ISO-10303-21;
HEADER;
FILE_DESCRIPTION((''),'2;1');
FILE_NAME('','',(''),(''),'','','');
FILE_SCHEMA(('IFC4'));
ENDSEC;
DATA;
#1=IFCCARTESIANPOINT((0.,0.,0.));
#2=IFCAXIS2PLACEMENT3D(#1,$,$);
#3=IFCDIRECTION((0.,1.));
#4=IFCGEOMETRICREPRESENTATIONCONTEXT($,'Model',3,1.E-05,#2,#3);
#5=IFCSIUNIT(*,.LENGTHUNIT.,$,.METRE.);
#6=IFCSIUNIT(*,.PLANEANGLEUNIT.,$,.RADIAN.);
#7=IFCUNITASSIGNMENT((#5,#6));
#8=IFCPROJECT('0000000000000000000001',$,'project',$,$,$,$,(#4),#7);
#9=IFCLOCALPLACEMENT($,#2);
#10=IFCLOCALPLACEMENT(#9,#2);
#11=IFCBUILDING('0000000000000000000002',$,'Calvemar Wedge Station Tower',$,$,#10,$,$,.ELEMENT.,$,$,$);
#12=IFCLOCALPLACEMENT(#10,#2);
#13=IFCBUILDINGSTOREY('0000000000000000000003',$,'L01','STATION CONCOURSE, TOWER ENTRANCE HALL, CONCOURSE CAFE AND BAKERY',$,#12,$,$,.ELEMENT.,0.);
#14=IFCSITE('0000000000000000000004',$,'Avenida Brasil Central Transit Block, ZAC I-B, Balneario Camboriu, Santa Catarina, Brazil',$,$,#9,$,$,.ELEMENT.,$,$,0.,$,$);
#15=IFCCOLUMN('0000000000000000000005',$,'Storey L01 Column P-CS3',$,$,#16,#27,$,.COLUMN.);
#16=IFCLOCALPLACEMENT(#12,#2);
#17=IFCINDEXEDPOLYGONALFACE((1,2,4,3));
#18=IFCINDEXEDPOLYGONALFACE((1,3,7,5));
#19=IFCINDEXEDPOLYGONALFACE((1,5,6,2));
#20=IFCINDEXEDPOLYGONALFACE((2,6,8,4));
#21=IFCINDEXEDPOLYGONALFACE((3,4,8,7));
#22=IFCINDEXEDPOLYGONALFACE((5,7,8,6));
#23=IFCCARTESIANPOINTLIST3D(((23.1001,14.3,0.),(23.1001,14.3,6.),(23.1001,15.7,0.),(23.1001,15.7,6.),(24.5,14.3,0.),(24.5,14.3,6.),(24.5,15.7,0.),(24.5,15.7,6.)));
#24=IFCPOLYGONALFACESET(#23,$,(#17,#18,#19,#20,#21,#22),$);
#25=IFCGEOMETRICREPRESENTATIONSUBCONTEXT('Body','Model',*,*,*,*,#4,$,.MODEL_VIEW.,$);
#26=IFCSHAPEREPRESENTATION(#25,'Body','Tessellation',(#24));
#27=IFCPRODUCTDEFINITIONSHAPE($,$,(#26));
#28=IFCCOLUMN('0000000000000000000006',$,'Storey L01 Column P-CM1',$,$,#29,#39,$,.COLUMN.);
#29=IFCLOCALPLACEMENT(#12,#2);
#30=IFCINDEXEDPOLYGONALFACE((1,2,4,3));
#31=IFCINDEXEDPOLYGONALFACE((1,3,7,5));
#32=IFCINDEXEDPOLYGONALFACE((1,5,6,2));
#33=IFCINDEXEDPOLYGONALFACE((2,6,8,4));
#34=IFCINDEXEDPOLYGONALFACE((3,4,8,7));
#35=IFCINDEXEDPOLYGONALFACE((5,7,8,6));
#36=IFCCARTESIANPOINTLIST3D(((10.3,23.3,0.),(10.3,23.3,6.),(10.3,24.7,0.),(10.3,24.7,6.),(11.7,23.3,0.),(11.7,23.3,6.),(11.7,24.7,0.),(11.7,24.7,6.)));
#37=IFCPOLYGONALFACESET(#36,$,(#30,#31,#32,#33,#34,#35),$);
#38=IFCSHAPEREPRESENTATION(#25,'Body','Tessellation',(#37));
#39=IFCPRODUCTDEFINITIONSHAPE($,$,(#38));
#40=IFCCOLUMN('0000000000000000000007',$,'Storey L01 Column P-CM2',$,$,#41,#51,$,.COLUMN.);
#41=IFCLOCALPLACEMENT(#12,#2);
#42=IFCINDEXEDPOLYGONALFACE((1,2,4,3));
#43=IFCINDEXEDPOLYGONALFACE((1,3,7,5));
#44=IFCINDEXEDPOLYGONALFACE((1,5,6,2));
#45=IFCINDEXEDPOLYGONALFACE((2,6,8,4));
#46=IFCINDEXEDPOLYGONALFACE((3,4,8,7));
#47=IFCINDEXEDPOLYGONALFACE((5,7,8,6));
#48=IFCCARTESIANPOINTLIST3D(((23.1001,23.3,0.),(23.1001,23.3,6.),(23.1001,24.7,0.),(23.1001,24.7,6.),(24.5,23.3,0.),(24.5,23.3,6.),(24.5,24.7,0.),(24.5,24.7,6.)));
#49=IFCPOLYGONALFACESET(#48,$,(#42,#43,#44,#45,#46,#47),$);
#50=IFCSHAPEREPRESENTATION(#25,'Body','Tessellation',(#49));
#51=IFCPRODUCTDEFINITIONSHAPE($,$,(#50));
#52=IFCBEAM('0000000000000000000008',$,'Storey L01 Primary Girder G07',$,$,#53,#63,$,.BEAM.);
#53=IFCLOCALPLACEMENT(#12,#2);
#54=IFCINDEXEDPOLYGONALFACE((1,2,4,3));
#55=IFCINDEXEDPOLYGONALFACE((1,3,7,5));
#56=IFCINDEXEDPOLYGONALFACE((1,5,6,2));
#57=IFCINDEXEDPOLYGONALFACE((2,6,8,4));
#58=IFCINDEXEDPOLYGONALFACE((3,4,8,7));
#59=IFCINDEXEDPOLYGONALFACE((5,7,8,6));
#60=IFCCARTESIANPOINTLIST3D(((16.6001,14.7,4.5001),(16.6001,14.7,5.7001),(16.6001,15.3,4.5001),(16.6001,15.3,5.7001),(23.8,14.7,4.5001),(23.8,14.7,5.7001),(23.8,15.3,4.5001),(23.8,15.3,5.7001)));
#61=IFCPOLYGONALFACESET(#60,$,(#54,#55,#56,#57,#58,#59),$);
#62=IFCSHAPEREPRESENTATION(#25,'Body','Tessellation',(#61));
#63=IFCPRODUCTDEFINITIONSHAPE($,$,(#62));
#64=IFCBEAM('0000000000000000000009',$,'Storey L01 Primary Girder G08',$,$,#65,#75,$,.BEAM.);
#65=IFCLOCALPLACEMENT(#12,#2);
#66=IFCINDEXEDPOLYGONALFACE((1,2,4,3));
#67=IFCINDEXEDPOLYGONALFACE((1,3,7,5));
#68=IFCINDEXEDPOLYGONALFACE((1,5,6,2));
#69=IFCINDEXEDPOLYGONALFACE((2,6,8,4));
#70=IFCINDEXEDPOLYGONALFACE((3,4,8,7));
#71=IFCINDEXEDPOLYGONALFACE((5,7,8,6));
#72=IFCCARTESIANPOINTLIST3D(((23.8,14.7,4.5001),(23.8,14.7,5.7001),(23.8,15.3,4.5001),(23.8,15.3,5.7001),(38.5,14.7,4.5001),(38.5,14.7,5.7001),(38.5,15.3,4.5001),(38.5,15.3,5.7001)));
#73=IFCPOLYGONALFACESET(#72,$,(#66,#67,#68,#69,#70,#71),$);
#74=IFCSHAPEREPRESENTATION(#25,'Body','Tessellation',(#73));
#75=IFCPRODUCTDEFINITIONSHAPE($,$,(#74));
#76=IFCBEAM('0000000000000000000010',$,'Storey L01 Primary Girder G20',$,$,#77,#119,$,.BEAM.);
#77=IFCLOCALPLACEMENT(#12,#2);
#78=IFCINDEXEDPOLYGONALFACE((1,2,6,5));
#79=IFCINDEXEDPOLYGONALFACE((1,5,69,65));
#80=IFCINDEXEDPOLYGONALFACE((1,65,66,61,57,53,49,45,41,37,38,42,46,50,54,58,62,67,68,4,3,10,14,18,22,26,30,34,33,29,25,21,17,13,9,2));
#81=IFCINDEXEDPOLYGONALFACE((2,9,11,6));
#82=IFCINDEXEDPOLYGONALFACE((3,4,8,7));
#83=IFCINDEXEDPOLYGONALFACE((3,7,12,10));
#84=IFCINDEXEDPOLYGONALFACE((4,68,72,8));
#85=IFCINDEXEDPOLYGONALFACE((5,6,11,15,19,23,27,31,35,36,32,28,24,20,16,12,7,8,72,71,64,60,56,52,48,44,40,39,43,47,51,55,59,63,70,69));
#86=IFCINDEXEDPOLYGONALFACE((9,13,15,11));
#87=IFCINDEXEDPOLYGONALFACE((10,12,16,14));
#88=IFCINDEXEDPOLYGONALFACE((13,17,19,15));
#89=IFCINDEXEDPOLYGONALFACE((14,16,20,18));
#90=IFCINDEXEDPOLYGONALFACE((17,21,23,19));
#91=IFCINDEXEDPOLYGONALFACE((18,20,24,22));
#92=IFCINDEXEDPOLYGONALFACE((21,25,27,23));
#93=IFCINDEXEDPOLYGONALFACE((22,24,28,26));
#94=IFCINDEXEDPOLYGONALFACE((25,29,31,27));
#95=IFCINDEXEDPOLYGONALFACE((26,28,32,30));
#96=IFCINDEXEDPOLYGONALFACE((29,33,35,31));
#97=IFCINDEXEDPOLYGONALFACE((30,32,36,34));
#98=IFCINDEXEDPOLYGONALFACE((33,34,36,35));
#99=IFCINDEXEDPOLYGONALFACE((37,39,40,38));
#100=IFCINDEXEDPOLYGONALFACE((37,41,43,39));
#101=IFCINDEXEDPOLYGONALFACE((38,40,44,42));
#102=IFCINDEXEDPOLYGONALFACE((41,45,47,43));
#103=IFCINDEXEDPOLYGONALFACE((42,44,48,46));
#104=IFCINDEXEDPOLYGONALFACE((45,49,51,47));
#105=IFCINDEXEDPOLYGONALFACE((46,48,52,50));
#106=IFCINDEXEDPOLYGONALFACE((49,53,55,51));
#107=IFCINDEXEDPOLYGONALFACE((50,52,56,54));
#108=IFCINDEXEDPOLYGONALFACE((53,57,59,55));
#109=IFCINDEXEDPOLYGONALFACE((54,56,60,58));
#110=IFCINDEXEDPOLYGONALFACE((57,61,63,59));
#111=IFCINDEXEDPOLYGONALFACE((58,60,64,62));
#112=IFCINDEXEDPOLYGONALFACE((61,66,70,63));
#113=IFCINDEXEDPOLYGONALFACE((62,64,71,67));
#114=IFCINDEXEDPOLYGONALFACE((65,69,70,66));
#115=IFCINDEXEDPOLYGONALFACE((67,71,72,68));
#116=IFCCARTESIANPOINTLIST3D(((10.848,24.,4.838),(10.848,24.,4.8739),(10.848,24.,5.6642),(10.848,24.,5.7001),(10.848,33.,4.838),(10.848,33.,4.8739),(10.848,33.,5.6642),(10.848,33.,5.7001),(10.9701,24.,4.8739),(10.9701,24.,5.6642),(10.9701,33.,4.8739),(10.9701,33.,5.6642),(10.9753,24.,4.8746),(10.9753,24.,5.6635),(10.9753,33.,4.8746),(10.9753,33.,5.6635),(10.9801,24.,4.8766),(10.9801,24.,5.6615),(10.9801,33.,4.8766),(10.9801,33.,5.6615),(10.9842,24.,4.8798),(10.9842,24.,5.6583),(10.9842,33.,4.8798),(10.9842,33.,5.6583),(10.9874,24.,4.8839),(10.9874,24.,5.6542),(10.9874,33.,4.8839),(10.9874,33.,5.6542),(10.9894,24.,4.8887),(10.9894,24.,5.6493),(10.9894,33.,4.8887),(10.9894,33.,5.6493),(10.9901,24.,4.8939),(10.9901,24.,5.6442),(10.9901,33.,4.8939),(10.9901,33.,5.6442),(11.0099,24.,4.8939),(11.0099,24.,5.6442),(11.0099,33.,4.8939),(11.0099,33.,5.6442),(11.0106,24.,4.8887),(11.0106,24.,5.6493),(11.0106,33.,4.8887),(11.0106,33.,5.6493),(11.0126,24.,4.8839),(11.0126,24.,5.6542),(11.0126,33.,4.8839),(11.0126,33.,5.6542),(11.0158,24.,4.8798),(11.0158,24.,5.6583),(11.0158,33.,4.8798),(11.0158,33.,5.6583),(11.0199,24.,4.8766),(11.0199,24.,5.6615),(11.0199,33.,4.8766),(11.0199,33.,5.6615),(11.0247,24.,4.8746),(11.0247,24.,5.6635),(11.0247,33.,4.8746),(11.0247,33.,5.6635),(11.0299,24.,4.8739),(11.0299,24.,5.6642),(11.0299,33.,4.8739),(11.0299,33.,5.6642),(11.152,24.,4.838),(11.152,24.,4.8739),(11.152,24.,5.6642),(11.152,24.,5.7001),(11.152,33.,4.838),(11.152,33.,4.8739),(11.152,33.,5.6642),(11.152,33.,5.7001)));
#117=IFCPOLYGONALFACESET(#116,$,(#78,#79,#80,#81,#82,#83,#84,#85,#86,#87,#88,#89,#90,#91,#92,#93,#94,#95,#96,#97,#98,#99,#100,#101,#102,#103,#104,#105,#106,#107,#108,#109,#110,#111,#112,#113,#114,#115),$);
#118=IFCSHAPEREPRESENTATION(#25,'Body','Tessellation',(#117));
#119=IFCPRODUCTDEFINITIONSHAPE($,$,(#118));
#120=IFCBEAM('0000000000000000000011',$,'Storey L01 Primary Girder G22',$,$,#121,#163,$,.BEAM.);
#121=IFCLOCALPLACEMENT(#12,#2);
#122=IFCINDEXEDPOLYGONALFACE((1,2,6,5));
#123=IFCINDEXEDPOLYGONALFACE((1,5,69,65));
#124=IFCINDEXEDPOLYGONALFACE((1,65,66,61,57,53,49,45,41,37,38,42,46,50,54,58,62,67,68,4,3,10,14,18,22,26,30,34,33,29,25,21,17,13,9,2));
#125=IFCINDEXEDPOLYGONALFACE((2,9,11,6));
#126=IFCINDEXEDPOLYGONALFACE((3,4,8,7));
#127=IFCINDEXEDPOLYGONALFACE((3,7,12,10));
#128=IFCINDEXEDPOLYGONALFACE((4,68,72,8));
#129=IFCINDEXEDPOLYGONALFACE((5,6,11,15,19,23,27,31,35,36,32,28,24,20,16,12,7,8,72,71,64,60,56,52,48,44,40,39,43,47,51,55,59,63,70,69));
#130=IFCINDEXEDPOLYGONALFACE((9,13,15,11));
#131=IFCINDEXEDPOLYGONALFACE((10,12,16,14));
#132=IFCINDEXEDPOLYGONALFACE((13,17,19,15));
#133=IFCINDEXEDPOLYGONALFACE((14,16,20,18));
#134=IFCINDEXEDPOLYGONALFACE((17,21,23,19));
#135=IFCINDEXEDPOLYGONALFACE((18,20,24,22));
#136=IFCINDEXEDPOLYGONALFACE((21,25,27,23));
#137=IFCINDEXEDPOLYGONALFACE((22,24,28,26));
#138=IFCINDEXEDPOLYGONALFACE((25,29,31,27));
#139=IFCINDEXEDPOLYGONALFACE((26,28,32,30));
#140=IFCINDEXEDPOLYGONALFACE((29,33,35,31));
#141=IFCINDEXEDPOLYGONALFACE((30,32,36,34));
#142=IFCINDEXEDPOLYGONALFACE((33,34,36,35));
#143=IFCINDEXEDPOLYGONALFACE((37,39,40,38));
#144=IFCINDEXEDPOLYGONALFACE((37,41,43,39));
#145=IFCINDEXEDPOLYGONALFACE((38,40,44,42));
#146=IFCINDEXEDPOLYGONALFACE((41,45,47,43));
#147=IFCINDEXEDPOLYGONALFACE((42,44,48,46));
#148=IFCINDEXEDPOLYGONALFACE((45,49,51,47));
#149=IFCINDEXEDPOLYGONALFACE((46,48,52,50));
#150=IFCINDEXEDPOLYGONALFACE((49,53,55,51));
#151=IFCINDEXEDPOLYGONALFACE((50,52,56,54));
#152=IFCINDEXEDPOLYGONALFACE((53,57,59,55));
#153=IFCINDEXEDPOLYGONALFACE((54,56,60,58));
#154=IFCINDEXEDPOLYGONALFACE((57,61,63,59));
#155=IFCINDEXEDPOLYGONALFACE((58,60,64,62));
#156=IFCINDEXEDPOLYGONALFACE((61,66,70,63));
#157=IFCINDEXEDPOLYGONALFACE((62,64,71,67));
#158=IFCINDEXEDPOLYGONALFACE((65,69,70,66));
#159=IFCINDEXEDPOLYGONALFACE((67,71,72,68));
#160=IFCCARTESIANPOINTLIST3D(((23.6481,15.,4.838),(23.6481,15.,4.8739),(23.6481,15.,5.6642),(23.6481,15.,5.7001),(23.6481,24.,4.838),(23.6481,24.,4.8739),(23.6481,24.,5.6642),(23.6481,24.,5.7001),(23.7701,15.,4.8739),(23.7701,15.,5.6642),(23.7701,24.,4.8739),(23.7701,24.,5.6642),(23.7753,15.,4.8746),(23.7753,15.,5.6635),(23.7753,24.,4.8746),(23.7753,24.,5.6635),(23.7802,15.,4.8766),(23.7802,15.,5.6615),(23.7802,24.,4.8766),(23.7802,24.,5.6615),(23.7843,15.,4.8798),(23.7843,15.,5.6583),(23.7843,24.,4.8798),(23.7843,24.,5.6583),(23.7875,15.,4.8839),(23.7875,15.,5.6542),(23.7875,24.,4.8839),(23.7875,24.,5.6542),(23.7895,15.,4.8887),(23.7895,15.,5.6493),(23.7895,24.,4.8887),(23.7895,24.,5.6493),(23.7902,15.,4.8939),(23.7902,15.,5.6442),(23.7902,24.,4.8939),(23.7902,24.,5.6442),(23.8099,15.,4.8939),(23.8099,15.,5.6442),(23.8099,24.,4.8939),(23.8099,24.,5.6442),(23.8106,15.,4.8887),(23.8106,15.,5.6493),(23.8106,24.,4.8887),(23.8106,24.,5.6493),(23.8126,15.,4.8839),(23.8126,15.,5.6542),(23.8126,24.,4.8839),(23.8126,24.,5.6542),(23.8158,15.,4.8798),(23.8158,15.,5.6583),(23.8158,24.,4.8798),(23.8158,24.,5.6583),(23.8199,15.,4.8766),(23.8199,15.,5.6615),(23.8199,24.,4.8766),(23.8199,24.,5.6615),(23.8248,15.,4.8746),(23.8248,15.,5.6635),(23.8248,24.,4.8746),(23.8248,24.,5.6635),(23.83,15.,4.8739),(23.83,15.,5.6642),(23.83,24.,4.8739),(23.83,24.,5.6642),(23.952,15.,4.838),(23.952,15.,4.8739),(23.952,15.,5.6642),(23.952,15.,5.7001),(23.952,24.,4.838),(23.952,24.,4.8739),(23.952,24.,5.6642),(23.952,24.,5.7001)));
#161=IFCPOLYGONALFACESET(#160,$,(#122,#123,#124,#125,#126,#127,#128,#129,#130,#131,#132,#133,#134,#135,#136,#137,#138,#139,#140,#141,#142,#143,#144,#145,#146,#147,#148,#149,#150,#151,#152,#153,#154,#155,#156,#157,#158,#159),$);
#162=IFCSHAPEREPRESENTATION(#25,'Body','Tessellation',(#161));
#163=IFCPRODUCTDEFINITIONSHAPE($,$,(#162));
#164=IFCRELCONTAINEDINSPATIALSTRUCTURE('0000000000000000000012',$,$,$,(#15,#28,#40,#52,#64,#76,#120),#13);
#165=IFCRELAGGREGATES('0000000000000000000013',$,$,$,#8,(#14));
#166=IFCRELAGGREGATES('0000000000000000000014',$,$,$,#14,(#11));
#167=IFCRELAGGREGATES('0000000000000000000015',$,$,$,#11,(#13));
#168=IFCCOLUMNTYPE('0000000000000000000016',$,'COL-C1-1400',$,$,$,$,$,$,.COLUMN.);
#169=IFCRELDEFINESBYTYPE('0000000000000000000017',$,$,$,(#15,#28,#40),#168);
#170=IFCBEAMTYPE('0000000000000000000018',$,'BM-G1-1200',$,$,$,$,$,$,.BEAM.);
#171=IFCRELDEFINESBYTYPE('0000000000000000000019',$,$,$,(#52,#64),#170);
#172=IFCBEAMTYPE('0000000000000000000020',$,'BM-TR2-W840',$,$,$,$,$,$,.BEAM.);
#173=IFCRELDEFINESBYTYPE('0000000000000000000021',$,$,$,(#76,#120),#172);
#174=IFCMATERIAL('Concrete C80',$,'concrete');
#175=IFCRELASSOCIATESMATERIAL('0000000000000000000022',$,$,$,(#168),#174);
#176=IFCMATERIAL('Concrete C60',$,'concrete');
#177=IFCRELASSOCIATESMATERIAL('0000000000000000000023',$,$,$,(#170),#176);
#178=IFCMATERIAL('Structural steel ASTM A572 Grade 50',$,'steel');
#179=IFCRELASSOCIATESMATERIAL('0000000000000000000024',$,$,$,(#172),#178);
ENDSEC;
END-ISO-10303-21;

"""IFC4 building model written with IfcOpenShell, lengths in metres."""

from ifc_helpers import new_model, si_unit, direction, frame, origin, origin_2d, place, context, subcontext, project, spatial, rectangle, i_section, extrude, source, transform, mapped, material, material_profile, profile_set, type_object, element, save


model = new_model("IFC4")

# Units and contexts
model_context = context("Model", 3, precision=1e-05, world=origin(), true_north=direction((0.0, 1.0)))
body_context = subcontext(model_context, "Body", "Model", "MODEL_VIEW")
ifc_project = project(units=[si_unit("LENGTHUNIT", "METRE"), si_unit("PLANEANGLEUNIT", "RADIAN")], contexts=[model_context])

# Site, building, storey
site_placement = place(None, origin())
site = spatial("IfcSite", under=ifc_project, at=site_placement, Name="Avenida Brasil Central Transit Block, ZAC I-B, Balneario Camboriu, Santa Catarina, Brazil", CompositionType="ELEMENT", RefElevation=0.0)
building_placement = place(site_placement, origin())
building = spatial("IfcBuilding", under=site, at=building_placement, Name="Calvemar Wedge Station Tower", CompositionType="ELEMENT")
storey_placement = place(building_placement, origin())
storey = spatial("IfcBuildingStorey", under=building, at=storey_placement, Name="L01", Description="STATION CONCOURSE, TOWER ENTRANCE HALL, CONCOURSE CAFE AND BAKERY", CompositionType="ELEMENT", Elevation=0.0)

# Columns
ifc_material_1 = material(Name="Concrete C80", Category="concrete")
ifc_material_profile_1 = material_profile(ifc_material_1, rectangle(XDim=1.3999, YDim=1.3999, at=origin_2d()), Name="RC1400x1400")
ifc_profile_set_1 = profile_set([ifc_material_profile_1], Name="Concrete C80")
column_type = type_object("IfcColumnType", Name="COL-C1-1400", PredefinedType="COLUMN", material=ifc_profile_set_1)
shared_shape_1 = source(origin(), body_context, "Body", "SweptSolid", [
    extrude(rectangle(XDim=1.3999, YDim=1.3999, at=origin_2d()), origin(), (0.0, 0.0, 1.0), 6.0),
])
for number, where, z_axis, x_axis, name in (
    (1, (23.8, 15.0, 0.0), (0.0, 0.0, 1.0), (1.0, 0.0, 0.0), "Storey L01 Column P-CS3"),
    (2, (11.0, 24.0, 0.0), (0.0, 0.0, 1.0), (1.0, 0.0, 0.0), "Storey L01 Column P-CM1"),
    (3, (23.8, 24.0, 0.0), (0.0, 0.0, 1.0), (1.0, 0.0, 0.0), "Storey L01 Column P-CM2"),
):
    element("IfcColumn", number, at=place(storey_placement, frame(where, z_axis=z_axis, x_axis=x_axis)), inside=storey, type_object=column_type, Name=name, PredefinedType="COLUMN", context=body_context, shape_type="MappedRepresentation", body=[
        mapped(shared_shape_1, transform((0.0, 0.0, 0.0), scale=1.0)),
    ])

# Beams
ifc_material_2 = material(Name="Concrete C60", Category="concrete")
ifc_material_profile_2 = material_profile(ifc_material_2, rectangle(XDim=0.6001, YDim=1.2, at=origin_2d()), Name="RC600x1200")
ifc_profile_set_2 = profile_set([ifc_material_profile_2], Name="Concrete C60")
beam_type_1 = type_object("IfcBeamType", Name="BM-G1-1200", PredefinedType="BEAM", material=ifc_profile_set_2)
shared_shape_2 = source(origin(), body_context, "Body", "SweptSolid", [
    extrude(rectangle(XDim=0.6001, YDim=1.2, at=origin_2d()), origin(), (0.0, 0.0, 1.0), 7.2),
])
beam_1_placement = place(storey_placement, frame((16.6001, 15.0, 5.1001), z_axis=(1.0, 0.0, 0.0), x_axis=(0.0, 1.0, 0.0)))
element("IfcBeam", 4, at=beam_1_placement, inside=storey, type_object=beam_type_1, Name="Storey L01 Primary Girder G07", PredefinedType="BEAM", context=body_context, shape_type="MappedRepresentation", body=[
    mapped(shared_shape_2, transform((0.0, 0.0, 0.0), scale=1.0)),
])
shared_shape_3 = source(origin(), body_context, "Body", "SweptSolid", [
    extrude(rectangle(XDim=0.6001, YDim=1.2, at=origin_2d()), origin(), (0.0, 0.0, 1.0), 14.7),
])
beam_2_placement = place(storey_placement, frame((23.8, 15.0, 5.1001), z_axis=(1.0, 0.0, 0.0), x_axis=(0.0, 1.0, 0.0)))
element("IfcBeam", 5, at=beam_2_placement, inside=storey, type_object=beam_type_1, Name="Storey L01 Primary Girder G08", PredefinedType="BEAM", context=body_context, shape_type="MappedRepresentation", body=[
    mapped(shared_shape_3, transform((0.0, 0.0, 0.0), scale=1.0)),
])
ifc_material_3 = material(Name="Structural steel ASTM A572 Grade 50", Category="steel")
ifc_material_profile_3 = material_profile(ifc_material_3, i_section(OverallWidth=0.304, OverallDepth=0.8621, WebThickness=0.0198, FlangeThickness=0.0359, FilletRadius=0.02, at=origin_2d()), Name="W840x329")
ifc_profile_set_3 = profile_set([ifc_material_profile_3], Name="Structural steel ASTM A572 Grade 50")
beam_type_2 = type_object("IfcBeamType", Name="BM-TR2-W840", PredefinedType="BEAM", material=ifc_profile_set_3)
shared_shape_4 = source(origin(), body_context, "Body", "SweptSolid", [
    extrude(i_section(OverallWidth=0.304, OverallDepth=0.8621, WebThickness=0.0198, FlangeThickness=0.0359, FilletRadius=0.02, at=origin_2d()), origin(), (0.0, 0.0, 1.0), 9.0),
])
for number, where, z_axis, x_axis, name in (
    (6, (11.0, 24.0, 5.269), (0.0, 1.0, 0.0), (-1.0, 0.0, 0.0), "Storey L01 Primary Girder G20"),
    (7, (23.8, 15.0, 5.269), (0.0, 1.0, 0.0), (-1.0, 0.0, 0.0), "Storey L01 Primary Girder G22"),
):
    element("IfcBeam", number, at=place(storey_placement, frame(where, z_axis=z_axis, x_axis=x_axis)), inside=storey, type_object=beam_type_2, Name=name, PredefinedType="BEAM", context=body_context, shape_type="MappedRepresentation", body=[
        mapped(shared_shape_4, transform((0.0, 0.0, 0.0), scale=1.0)),
    ])

save(model, "model.ifc")
